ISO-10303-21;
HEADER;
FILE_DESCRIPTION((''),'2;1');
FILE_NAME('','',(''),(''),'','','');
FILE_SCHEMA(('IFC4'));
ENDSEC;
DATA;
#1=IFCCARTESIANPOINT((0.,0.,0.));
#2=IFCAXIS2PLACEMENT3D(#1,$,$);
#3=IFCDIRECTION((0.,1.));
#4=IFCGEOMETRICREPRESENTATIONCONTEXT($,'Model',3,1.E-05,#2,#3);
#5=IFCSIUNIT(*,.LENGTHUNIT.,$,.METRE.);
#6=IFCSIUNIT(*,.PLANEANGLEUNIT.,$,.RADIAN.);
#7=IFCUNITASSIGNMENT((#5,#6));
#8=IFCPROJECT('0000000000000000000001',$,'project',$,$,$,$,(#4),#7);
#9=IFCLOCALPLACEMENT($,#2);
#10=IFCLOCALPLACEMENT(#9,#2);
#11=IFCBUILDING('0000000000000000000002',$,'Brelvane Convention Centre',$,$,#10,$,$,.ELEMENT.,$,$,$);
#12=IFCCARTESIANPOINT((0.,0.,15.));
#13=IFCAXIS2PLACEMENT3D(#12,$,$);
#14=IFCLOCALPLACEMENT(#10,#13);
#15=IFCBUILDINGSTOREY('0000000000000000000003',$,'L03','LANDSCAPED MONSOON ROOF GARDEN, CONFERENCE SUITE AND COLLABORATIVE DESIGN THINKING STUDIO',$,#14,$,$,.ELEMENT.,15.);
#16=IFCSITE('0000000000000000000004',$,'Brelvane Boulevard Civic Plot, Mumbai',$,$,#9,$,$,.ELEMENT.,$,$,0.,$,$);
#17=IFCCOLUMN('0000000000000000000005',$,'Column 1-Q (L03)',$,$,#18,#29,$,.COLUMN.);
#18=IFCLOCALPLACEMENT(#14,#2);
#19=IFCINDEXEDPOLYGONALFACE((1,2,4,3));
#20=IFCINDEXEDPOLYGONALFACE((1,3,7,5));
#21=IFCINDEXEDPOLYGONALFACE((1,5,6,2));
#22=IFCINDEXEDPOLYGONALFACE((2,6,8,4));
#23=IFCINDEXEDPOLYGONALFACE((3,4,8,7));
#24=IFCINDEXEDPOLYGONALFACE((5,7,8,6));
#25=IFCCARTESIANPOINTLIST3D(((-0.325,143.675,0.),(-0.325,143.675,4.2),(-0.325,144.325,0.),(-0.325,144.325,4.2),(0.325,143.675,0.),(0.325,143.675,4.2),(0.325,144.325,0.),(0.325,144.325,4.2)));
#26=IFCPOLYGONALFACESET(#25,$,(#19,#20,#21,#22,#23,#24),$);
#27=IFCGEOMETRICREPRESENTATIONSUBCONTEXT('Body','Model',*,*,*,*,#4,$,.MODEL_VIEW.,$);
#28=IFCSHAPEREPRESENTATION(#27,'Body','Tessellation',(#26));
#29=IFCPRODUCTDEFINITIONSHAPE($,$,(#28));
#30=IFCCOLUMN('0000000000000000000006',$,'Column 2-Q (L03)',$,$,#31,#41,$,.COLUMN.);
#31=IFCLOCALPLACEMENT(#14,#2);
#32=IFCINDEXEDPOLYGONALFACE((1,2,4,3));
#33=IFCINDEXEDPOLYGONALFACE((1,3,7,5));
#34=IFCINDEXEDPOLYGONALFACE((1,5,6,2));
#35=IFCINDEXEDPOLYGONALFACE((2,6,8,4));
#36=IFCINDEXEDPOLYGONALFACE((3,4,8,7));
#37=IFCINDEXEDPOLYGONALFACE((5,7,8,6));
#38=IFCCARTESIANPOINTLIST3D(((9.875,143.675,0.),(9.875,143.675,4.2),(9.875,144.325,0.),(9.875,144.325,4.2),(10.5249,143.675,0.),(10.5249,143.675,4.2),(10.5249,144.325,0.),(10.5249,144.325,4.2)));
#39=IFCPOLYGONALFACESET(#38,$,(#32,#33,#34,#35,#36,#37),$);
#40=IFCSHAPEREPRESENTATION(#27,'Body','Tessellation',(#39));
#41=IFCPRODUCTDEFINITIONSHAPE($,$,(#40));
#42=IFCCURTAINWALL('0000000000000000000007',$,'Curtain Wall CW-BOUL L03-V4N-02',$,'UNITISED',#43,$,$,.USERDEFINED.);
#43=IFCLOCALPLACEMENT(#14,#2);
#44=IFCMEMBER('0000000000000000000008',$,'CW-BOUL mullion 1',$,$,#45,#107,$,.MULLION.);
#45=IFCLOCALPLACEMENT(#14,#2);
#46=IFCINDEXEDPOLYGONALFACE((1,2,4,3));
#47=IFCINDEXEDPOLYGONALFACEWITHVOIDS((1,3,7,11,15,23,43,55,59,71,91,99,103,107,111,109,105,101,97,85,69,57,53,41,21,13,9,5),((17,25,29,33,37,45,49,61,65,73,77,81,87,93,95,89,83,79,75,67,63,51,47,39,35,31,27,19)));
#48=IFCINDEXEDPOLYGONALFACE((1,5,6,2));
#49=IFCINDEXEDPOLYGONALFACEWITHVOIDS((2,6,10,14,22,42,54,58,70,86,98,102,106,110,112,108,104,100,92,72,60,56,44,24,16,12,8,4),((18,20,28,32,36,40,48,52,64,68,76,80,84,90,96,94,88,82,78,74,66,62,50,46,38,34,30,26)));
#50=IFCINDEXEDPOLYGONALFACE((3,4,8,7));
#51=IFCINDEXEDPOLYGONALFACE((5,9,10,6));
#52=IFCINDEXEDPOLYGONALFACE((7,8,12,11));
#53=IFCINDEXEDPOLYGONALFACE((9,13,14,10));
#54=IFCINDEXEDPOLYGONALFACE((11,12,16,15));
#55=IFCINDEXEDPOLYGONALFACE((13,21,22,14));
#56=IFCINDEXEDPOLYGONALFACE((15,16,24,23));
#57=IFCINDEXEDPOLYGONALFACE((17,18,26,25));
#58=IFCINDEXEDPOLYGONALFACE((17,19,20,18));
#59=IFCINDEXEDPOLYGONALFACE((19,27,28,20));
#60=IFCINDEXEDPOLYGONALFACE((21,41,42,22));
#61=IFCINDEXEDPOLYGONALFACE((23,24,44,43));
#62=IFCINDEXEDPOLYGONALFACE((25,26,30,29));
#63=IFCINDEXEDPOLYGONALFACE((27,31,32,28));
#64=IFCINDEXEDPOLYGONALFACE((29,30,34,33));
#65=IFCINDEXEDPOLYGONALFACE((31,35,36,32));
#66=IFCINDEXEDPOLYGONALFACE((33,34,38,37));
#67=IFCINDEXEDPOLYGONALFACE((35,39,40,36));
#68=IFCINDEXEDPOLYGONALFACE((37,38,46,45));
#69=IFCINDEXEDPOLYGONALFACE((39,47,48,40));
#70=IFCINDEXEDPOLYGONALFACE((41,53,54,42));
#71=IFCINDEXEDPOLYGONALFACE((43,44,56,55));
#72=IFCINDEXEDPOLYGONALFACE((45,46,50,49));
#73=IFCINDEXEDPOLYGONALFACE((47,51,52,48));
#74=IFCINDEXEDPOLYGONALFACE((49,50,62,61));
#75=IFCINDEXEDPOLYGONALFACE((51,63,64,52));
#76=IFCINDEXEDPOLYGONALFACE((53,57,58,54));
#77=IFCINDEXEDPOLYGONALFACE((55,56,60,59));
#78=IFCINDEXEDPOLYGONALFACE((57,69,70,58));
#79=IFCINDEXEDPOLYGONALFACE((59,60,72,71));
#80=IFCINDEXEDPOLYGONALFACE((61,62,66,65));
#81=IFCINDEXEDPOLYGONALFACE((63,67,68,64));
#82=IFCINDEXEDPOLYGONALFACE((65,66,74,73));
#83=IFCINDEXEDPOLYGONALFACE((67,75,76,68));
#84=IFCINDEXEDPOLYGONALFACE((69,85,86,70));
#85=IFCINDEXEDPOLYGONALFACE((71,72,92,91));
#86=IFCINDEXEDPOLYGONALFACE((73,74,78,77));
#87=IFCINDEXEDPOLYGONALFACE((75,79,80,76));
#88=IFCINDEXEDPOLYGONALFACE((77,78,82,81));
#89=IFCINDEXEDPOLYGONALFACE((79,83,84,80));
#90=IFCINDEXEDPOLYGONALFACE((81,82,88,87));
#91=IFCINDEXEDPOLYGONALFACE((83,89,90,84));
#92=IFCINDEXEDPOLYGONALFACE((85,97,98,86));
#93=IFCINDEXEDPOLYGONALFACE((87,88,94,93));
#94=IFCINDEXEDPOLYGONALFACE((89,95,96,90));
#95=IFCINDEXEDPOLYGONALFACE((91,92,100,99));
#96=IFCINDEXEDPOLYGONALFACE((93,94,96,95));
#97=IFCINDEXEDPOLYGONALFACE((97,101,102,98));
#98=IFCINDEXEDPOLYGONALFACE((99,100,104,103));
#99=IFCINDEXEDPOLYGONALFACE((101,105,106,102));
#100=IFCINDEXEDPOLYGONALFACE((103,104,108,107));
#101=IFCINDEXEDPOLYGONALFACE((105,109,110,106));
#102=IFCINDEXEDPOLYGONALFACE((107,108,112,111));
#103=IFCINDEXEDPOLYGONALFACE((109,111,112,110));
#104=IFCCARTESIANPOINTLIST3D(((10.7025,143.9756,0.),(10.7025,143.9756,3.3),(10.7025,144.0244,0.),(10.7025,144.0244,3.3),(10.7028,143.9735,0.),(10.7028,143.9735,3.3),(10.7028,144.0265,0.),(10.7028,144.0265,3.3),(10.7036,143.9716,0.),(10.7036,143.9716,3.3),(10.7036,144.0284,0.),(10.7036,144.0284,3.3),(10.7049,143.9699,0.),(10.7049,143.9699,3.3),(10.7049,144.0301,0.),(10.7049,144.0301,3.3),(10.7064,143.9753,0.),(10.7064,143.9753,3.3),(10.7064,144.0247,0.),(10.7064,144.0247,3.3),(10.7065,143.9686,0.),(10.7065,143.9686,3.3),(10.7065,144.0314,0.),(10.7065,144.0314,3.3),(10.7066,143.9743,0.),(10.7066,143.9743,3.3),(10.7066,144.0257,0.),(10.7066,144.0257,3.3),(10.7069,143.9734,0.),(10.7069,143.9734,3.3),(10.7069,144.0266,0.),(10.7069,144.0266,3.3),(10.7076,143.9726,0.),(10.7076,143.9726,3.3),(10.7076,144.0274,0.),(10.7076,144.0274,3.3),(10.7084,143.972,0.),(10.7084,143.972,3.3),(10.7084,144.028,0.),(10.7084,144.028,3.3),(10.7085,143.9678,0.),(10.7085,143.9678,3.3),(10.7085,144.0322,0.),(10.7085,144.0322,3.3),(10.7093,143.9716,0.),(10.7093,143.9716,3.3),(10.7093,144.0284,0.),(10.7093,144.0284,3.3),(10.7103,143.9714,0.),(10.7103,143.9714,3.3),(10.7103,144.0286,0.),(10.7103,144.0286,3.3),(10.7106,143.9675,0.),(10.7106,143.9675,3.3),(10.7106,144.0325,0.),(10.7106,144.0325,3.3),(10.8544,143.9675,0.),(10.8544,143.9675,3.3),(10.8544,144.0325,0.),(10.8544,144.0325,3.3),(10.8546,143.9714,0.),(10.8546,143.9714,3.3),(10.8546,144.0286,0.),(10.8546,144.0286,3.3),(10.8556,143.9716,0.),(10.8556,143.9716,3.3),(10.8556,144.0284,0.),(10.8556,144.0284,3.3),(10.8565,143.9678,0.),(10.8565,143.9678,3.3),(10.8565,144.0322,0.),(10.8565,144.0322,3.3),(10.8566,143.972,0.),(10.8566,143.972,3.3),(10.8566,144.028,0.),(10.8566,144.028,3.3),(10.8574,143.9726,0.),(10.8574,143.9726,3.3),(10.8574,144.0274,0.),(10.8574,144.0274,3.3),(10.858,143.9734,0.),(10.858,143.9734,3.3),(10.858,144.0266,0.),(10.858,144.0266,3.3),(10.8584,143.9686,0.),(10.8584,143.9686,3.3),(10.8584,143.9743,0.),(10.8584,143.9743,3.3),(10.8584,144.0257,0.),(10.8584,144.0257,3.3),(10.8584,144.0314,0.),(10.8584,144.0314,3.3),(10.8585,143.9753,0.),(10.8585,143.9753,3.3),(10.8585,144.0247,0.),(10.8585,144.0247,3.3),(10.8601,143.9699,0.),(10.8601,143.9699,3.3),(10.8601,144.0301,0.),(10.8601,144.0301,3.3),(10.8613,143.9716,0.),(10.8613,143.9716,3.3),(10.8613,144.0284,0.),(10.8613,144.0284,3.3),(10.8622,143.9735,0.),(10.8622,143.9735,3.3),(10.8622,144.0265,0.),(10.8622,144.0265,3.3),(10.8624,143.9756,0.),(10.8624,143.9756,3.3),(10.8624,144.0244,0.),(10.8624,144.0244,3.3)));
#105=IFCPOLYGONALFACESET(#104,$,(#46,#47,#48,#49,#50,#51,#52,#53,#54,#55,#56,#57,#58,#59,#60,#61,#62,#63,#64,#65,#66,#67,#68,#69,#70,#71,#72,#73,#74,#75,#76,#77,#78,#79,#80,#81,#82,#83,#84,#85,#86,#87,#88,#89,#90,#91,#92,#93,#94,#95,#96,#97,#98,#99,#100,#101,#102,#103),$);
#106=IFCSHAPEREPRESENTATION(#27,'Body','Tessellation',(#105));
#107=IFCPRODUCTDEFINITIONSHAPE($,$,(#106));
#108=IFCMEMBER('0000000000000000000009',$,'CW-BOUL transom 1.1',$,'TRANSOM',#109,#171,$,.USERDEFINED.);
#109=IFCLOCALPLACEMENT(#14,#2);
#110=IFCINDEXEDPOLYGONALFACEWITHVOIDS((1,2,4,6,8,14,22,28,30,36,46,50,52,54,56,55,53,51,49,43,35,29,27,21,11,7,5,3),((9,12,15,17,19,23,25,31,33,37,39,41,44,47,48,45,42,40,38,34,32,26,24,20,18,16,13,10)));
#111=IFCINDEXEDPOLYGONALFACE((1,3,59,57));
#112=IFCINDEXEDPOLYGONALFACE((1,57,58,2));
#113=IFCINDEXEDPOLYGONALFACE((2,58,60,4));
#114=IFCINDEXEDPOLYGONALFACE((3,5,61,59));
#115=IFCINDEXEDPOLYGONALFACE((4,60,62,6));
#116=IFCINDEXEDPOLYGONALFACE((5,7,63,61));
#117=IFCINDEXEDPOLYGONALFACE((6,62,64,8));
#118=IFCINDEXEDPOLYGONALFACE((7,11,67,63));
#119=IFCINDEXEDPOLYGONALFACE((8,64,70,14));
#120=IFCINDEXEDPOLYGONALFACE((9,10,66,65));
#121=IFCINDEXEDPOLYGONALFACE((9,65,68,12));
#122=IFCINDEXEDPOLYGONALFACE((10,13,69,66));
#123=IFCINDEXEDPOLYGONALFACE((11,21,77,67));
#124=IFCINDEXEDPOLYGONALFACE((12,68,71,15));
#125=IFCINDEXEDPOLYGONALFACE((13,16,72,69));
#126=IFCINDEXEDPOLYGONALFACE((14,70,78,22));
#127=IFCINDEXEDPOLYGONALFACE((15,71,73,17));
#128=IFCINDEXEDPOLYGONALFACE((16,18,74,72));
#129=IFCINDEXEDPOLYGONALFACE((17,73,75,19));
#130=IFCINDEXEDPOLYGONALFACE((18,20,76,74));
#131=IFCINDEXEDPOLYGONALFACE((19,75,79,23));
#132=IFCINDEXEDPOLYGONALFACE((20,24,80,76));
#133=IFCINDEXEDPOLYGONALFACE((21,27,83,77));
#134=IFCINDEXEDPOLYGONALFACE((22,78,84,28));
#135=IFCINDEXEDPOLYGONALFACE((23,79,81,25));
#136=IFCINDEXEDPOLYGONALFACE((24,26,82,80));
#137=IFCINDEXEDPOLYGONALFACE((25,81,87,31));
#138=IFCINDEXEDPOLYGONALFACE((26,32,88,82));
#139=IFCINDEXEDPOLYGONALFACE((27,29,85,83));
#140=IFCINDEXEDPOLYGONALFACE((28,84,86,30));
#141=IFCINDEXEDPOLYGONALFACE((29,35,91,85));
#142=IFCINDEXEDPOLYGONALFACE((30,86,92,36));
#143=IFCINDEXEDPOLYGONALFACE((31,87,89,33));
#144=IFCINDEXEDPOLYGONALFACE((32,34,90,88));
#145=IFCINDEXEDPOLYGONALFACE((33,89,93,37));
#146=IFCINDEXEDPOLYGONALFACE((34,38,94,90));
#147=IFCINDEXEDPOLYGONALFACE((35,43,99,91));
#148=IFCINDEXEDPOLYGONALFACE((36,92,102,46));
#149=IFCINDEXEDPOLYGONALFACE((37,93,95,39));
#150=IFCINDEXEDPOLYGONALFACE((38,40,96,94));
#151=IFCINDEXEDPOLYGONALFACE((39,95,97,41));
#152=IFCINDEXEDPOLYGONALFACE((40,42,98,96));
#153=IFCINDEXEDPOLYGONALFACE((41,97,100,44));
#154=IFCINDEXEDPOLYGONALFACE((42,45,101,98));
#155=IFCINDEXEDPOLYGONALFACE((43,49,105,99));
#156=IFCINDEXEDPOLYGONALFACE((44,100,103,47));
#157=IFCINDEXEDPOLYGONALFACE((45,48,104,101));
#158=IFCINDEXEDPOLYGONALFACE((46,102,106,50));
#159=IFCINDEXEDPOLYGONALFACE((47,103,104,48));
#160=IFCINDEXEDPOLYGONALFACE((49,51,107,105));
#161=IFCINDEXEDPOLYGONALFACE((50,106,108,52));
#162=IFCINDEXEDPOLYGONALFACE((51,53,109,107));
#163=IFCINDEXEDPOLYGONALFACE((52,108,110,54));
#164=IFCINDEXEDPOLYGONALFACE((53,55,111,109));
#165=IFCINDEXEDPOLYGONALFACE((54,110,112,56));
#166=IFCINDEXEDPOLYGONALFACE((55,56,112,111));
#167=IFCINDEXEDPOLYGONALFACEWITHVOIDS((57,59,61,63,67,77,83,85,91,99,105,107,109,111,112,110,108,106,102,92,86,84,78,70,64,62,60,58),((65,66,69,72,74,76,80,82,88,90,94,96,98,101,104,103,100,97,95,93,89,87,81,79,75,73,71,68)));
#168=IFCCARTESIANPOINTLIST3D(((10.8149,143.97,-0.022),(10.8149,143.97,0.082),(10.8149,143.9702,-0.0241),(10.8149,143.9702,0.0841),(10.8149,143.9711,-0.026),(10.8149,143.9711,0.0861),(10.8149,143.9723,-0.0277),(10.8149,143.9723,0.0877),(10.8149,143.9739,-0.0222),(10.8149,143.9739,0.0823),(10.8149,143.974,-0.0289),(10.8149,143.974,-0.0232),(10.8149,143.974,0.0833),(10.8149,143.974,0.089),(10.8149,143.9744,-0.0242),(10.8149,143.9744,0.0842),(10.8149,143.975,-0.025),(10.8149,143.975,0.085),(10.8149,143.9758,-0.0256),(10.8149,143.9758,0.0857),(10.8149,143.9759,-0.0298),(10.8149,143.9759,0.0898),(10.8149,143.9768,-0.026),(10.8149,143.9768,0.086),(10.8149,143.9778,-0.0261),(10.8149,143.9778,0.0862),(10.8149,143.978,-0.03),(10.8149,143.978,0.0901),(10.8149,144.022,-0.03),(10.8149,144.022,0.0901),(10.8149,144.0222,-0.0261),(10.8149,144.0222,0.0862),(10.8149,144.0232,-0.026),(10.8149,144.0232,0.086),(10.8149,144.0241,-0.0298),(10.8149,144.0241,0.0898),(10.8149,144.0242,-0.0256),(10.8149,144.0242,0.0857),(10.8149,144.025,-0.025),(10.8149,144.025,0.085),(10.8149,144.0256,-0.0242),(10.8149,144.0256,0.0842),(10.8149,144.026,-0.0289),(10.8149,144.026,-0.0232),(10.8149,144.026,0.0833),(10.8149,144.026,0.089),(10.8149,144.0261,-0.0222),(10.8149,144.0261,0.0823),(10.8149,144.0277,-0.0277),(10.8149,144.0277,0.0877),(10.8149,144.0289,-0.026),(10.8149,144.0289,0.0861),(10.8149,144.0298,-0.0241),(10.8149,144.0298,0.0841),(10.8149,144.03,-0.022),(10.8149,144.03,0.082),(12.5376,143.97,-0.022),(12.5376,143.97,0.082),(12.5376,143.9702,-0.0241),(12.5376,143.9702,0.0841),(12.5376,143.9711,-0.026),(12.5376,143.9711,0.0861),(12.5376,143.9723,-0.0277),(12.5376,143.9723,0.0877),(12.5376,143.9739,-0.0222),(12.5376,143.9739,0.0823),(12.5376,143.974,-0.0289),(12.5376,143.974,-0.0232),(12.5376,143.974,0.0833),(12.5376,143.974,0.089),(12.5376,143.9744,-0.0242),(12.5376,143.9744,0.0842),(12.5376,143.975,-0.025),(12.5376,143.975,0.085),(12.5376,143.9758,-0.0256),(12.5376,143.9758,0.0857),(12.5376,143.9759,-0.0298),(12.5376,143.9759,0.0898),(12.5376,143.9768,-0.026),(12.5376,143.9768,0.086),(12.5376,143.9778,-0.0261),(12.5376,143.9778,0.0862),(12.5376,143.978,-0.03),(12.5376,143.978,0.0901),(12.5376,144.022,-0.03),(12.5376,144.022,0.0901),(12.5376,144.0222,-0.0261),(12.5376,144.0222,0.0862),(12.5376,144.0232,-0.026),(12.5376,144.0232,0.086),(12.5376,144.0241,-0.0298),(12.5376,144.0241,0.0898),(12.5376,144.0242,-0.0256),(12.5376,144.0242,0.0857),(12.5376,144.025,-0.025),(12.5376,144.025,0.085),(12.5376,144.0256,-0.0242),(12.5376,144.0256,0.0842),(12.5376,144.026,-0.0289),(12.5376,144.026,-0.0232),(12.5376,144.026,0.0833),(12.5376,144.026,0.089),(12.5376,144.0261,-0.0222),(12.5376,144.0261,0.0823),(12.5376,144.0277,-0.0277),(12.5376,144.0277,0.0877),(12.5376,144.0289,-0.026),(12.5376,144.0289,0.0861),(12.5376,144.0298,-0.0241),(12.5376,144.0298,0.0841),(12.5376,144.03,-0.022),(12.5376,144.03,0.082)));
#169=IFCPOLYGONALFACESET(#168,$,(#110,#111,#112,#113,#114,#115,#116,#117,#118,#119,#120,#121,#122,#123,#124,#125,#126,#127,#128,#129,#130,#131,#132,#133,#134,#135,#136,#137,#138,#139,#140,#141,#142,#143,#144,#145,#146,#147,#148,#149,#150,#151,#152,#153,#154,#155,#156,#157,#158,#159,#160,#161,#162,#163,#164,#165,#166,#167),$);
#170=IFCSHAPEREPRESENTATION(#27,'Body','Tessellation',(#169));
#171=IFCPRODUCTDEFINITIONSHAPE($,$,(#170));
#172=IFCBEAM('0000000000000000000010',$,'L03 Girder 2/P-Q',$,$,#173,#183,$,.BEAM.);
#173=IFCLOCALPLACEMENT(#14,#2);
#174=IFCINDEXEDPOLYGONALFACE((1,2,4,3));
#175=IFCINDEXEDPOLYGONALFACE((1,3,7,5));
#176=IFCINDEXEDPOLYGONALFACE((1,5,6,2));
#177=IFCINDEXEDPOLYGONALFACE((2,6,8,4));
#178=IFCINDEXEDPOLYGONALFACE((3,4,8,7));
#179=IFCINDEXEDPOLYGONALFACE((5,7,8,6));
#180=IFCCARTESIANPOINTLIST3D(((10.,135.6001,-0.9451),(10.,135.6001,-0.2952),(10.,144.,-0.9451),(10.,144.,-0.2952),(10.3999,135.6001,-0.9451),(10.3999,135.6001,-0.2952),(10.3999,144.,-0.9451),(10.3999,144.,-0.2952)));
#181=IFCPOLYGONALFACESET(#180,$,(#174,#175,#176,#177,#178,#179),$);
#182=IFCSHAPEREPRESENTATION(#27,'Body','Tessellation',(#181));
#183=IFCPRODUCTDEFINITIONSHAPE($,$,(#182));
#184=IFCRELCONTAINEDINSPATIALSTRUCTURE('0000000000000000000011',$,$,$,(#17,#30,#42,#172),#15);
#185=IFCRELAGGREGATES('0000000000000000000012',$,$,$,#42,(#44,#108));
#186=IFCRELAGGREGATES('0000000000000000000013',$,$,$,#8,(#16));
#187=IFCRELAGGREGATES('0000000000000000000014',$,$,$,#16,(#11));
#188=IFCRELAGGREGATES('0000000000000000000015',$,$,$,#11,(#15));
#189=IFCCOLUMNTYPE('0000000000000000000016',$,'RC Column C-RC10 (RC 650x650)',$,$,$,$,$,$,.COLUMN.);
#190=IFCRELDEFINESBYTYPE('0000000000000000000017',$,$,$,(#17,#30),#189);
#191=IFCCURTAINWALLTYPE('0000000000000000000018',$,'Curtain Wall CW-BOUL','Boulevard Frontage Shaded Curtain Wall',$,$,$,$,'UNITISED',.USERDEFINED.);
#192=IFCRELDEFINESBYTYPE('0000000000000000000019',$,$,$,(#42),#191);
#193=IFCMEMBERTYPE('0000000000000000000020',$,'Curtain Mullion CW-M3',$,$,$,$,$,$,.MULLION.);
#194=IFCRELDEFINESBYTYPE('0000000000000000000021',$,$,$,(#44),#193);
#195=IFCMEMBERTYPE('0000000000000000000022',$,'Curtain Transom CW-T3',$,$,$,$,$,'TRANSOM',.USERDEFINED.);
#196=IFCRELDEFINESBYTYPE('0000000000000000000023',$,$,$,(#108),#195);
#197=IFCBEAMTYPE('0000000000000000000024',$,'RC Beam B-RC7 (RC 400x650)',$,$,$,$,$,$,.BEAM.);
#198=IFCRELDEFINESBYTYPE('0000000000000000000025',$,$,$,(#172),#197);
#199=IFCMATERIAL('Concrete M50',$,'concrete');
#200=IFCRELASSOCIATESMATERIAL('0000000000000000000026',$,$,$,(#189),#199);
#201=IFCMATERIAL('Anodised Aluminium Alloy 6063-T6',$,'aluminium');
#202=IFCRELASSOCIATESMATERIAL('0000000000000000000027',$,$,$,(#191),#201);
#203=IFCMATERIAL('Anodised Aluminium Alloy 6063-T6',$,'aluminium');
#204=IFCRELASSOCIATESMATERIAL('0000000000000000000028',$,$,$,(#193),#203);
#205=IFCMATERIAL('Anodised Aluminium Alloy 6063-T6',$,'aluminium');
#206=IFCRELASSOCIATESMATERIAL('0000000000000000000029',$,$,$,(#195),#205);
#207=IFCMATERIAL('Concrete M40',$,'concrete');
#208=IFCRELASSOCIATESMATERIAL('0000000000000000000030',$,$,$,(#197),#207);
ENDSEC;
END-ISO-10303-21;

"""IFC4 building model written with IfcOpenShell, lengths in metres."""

from ifc_helpers import new_model, si_unit, direction, frame, origin, origin_2d, place, context, subcontext, project, spatial, rectangle, hollow_rectangle, extrude, material, material_profile, profile_set, type_object, element, aggregate, save


model = new_model("IFC4")

# Units and contexts
model_context = context("Model", 3, precision=1e-05, world=origin(), true_north=direction((0.0, 1.0)))
body_context = subcontext(model_context, "Body", "Model", "MODEL_VIEW")
ifc_project = project(units=[si_unit("LENGTHUNIT", "METRE"), si_unit("PLANEANGLEUNIT", "RADIAN")], contexts=[model_context])

# Site, building, storey
site_placement = place(None, origin())
site = spatial("IfcSite", under=ifc_project, at=site_placement, Name="Brelvane Boulevard Civic Plot, Mumbai", CompositionType="ELEMENT", RefElevation=0.0)
building_placement = place(site_placement, origin())
building = spatial("IfcBuilding", under=site, at=building_placement, Name="Brelvane Convention Centre", CompositionType="ELEMENT")
storey_placement = place(building_placement, frame((0.0, 0.0, 15.0)))
storey = spatial("IfcBuildingStorey", under=building, at=storey_placement, Name="L03", Description="LANDSCAPED MONSOON ROOF GARDEN, CONFERENCE SUITE AND COLLABORATIVE DESIGN THINKING STUDIO", CompositionType="ELEMENT", Elevation=15.0)

# Columns
ifc_material_1 = material(Name="Concrete M50", Category="concrete")
ifc_material_profile_1 = material_profile(ifc_material_1, rectangle(XDim=0.6499, YDim=0.6499, at=origin_2d()), Name="RC 650x650")
ifc_profile_set_1 = profile_set([ifc_material_profile_1], Name="Concrete M50")
column_type = type_object("IfcColumnType", Name="RC Column C-RC10 (RC 650x650)", PredefinedType="COLUMN", material=ifc_profile_set_1)
for number, where, z_axis, x_axis, name in (
    (1, (0.0, 144.0, 0.0), (0.0, 0.0, 1.0), (1.0, 0.0, 0.0), "Column 1-Q (L03)"),
    (2, (10.2, 144.0, 0.0), (0.0, 0.0, 1.0), (1.0, 0.0, 0.0), "Column 2-Q (L03)"),
):
    element("IfcColumn", number, at=place(storey_placement, frame(where, z_axis=z_axis, x_axis=x_axis)), inside=storey, type_object=column_type, Name=name, PredefinedType="COLUMN", context=body_context, shape_type="SweptSolid", body=[
        extrude(rectangle(XDim=0.6499, YDim=0.6499, at=origin_2d()), origin(), (0.0, 0.0, 1.0), 4.2),
    ])

# Curtain wall, members
ifc_material_2 = material(Name="Anodised Aluminium Alloy 6063-T6", Category="aluminium")
curtain_wall_type = type_object("IfcCurtainWallType", Name="Curtain Wall CW-BOUL", Description="Boulevard Frontage Shaded Curtain Wall", ElementType="UNITISED", PredefinedType="USERDEFINED", material=ifc_material_2)
curtain_wall_placement = place(storey_placement, origin())
curtain_wall = element("IfcCurtainWall", 3, at=curtain_wall_placement, inside=storey, type_object=curtain_wall_type, Name="Curtain Wall CW-BOUL L03-V4N-02", ObjectType="UNITISED", PredefinedType="USERDEFINED")
ifc_material_3 = material(Name="Anodised Aluminium Alloy 6063-T6", Category="aluminium")
ifc_material_profile_2 = material_profile(ifc_material_3, hollow_rectangle(XDim=0.0649, YDim=0.1599, WallThickness=0.0039, InnerFilletRadius=0.0039, OuterFilletRadius=0.0081, at=origin_2d()), Name="ALU-M 160x65x4.0")
ifc_profile_set_2 = profile_set([ifc_material_profile_2], Name="Anodised Aluminium Alloy 6063-T6")
member_type_1 = type_object("IfcMemberType", Name="Curtain Mullion CW-M3", PredefinedType="MULLION", material=ifc_profile_set_2)
member_1_placement = place(storey_placement, frame((10.7825, 144.0, 0.0), z_axis=(0.0, 0.0, 1.0), x_axis=(0.0, 1.0, 0.0)))
member_1 = element("IfcMember", 4, at=member_1_placement, type_object=member_type_1, Name="CW-BOUL mullion 1", PredefinedType="MULLION", context=body_context, shape_type="SweptSolid", body=[
    extrude(hollow_rectangle(XDim=0.0649, YDim=0.1599, WallThickness=0.0039, InnerFilletRadius=0.0039, OuterFilletRadius=0.0081, at=origin_2d()), origin(), (0.0, 0.0, 1.0), 3.3),
])
ifc_material_4 = material(Name="Anodised Aluminium Alloy 6063-T6", Category="aluminium")
ifc_material_profile_3 = material_profile(ifc_material_4, hollow_rectangle(XDim=0.0601, YDim=0.1201, WallThickness=0.0039, InnerFilletRadius=0.0039, OuterFilletRadius=0.0081, at=origin_2d()), Name="ALU-T 120x60x4.0")
ifc_profile_set_3 = profile_set([ifc_material_profile_3], Name="Anodised Aluminium Alloy 6063-T6")
member_type_2 = type_object("IfcMemberType", Name="Curtain Transom CW-T3", ElementType="TRANSOM", PredefinedType="USERDEFINED", material=ifc_profile_set_3)
member_2_placement = place(storey_placement, frame((10.8149, 144.0, 0.03), z_axis=(1.0, 0.0, 0.0), x_axis=(0.0, 1.0, 0.0)))
member_2 = element("IfcMember", 5, at=member_2_placement, type_object=member_type_2, Name="CW-BOUL transom 1.1", ObjectType="TRANSOM", PredefinedType="USERDEFINED", context=body_context, shape_type="SweptSolid", body=[
    extrude(hollow_rectangle(XDim=0.0601, YDim=0.1201, WallThickness=0.0039, InnerFilletRadius=0.0039, OuterFilletRadius=0.0081, at=origin_2d()), origin(), (0.0, 0.0, 1.0), 1.7227),
])
aggregate(curtain_wall, [member_1, member_2])

# Beam
ifc_material_5 = material(Name="Concrete M40", Category="concrete")
ifc_material_profile_4 = material_profile(ifc_material_5, rectangle(XDim=0.3999, YDim=0.6499, at=origin_2d()), Name="RC 400x650")
ifc_profile_set_4 = profile_set([ifc_material_profile_4], Name="Concrete M40")
beam_type_1 = type_object("IfcBeamType", Name="RC Beam B-RC7 (RC 400x650)", PredefinedType="BEAM", material=ifc_profile_set_4)
beam_1_placement = place(storey_placement, frame((10.2, 135.6001, -0.6201), z_axis=(0.0, 1.0, 0.0), x_axis=(-1.0, 0.0, 0.0)))
element("IfcBeam", 6, at=beam_1_placement, inside=storey, type_object=beam_type_1, Name="L03 Girder 2/P-Q", PredefinedType="BEAM", context=body_context, shape_type="SweptSolid", body=[
    extrude(rectangle(XDim=0.3999, YDim=0.6499, at=origin_2d()), origin(), (0.0, 0.0, 1.0), 8.3999),
])

save(model, "model.ifc")
